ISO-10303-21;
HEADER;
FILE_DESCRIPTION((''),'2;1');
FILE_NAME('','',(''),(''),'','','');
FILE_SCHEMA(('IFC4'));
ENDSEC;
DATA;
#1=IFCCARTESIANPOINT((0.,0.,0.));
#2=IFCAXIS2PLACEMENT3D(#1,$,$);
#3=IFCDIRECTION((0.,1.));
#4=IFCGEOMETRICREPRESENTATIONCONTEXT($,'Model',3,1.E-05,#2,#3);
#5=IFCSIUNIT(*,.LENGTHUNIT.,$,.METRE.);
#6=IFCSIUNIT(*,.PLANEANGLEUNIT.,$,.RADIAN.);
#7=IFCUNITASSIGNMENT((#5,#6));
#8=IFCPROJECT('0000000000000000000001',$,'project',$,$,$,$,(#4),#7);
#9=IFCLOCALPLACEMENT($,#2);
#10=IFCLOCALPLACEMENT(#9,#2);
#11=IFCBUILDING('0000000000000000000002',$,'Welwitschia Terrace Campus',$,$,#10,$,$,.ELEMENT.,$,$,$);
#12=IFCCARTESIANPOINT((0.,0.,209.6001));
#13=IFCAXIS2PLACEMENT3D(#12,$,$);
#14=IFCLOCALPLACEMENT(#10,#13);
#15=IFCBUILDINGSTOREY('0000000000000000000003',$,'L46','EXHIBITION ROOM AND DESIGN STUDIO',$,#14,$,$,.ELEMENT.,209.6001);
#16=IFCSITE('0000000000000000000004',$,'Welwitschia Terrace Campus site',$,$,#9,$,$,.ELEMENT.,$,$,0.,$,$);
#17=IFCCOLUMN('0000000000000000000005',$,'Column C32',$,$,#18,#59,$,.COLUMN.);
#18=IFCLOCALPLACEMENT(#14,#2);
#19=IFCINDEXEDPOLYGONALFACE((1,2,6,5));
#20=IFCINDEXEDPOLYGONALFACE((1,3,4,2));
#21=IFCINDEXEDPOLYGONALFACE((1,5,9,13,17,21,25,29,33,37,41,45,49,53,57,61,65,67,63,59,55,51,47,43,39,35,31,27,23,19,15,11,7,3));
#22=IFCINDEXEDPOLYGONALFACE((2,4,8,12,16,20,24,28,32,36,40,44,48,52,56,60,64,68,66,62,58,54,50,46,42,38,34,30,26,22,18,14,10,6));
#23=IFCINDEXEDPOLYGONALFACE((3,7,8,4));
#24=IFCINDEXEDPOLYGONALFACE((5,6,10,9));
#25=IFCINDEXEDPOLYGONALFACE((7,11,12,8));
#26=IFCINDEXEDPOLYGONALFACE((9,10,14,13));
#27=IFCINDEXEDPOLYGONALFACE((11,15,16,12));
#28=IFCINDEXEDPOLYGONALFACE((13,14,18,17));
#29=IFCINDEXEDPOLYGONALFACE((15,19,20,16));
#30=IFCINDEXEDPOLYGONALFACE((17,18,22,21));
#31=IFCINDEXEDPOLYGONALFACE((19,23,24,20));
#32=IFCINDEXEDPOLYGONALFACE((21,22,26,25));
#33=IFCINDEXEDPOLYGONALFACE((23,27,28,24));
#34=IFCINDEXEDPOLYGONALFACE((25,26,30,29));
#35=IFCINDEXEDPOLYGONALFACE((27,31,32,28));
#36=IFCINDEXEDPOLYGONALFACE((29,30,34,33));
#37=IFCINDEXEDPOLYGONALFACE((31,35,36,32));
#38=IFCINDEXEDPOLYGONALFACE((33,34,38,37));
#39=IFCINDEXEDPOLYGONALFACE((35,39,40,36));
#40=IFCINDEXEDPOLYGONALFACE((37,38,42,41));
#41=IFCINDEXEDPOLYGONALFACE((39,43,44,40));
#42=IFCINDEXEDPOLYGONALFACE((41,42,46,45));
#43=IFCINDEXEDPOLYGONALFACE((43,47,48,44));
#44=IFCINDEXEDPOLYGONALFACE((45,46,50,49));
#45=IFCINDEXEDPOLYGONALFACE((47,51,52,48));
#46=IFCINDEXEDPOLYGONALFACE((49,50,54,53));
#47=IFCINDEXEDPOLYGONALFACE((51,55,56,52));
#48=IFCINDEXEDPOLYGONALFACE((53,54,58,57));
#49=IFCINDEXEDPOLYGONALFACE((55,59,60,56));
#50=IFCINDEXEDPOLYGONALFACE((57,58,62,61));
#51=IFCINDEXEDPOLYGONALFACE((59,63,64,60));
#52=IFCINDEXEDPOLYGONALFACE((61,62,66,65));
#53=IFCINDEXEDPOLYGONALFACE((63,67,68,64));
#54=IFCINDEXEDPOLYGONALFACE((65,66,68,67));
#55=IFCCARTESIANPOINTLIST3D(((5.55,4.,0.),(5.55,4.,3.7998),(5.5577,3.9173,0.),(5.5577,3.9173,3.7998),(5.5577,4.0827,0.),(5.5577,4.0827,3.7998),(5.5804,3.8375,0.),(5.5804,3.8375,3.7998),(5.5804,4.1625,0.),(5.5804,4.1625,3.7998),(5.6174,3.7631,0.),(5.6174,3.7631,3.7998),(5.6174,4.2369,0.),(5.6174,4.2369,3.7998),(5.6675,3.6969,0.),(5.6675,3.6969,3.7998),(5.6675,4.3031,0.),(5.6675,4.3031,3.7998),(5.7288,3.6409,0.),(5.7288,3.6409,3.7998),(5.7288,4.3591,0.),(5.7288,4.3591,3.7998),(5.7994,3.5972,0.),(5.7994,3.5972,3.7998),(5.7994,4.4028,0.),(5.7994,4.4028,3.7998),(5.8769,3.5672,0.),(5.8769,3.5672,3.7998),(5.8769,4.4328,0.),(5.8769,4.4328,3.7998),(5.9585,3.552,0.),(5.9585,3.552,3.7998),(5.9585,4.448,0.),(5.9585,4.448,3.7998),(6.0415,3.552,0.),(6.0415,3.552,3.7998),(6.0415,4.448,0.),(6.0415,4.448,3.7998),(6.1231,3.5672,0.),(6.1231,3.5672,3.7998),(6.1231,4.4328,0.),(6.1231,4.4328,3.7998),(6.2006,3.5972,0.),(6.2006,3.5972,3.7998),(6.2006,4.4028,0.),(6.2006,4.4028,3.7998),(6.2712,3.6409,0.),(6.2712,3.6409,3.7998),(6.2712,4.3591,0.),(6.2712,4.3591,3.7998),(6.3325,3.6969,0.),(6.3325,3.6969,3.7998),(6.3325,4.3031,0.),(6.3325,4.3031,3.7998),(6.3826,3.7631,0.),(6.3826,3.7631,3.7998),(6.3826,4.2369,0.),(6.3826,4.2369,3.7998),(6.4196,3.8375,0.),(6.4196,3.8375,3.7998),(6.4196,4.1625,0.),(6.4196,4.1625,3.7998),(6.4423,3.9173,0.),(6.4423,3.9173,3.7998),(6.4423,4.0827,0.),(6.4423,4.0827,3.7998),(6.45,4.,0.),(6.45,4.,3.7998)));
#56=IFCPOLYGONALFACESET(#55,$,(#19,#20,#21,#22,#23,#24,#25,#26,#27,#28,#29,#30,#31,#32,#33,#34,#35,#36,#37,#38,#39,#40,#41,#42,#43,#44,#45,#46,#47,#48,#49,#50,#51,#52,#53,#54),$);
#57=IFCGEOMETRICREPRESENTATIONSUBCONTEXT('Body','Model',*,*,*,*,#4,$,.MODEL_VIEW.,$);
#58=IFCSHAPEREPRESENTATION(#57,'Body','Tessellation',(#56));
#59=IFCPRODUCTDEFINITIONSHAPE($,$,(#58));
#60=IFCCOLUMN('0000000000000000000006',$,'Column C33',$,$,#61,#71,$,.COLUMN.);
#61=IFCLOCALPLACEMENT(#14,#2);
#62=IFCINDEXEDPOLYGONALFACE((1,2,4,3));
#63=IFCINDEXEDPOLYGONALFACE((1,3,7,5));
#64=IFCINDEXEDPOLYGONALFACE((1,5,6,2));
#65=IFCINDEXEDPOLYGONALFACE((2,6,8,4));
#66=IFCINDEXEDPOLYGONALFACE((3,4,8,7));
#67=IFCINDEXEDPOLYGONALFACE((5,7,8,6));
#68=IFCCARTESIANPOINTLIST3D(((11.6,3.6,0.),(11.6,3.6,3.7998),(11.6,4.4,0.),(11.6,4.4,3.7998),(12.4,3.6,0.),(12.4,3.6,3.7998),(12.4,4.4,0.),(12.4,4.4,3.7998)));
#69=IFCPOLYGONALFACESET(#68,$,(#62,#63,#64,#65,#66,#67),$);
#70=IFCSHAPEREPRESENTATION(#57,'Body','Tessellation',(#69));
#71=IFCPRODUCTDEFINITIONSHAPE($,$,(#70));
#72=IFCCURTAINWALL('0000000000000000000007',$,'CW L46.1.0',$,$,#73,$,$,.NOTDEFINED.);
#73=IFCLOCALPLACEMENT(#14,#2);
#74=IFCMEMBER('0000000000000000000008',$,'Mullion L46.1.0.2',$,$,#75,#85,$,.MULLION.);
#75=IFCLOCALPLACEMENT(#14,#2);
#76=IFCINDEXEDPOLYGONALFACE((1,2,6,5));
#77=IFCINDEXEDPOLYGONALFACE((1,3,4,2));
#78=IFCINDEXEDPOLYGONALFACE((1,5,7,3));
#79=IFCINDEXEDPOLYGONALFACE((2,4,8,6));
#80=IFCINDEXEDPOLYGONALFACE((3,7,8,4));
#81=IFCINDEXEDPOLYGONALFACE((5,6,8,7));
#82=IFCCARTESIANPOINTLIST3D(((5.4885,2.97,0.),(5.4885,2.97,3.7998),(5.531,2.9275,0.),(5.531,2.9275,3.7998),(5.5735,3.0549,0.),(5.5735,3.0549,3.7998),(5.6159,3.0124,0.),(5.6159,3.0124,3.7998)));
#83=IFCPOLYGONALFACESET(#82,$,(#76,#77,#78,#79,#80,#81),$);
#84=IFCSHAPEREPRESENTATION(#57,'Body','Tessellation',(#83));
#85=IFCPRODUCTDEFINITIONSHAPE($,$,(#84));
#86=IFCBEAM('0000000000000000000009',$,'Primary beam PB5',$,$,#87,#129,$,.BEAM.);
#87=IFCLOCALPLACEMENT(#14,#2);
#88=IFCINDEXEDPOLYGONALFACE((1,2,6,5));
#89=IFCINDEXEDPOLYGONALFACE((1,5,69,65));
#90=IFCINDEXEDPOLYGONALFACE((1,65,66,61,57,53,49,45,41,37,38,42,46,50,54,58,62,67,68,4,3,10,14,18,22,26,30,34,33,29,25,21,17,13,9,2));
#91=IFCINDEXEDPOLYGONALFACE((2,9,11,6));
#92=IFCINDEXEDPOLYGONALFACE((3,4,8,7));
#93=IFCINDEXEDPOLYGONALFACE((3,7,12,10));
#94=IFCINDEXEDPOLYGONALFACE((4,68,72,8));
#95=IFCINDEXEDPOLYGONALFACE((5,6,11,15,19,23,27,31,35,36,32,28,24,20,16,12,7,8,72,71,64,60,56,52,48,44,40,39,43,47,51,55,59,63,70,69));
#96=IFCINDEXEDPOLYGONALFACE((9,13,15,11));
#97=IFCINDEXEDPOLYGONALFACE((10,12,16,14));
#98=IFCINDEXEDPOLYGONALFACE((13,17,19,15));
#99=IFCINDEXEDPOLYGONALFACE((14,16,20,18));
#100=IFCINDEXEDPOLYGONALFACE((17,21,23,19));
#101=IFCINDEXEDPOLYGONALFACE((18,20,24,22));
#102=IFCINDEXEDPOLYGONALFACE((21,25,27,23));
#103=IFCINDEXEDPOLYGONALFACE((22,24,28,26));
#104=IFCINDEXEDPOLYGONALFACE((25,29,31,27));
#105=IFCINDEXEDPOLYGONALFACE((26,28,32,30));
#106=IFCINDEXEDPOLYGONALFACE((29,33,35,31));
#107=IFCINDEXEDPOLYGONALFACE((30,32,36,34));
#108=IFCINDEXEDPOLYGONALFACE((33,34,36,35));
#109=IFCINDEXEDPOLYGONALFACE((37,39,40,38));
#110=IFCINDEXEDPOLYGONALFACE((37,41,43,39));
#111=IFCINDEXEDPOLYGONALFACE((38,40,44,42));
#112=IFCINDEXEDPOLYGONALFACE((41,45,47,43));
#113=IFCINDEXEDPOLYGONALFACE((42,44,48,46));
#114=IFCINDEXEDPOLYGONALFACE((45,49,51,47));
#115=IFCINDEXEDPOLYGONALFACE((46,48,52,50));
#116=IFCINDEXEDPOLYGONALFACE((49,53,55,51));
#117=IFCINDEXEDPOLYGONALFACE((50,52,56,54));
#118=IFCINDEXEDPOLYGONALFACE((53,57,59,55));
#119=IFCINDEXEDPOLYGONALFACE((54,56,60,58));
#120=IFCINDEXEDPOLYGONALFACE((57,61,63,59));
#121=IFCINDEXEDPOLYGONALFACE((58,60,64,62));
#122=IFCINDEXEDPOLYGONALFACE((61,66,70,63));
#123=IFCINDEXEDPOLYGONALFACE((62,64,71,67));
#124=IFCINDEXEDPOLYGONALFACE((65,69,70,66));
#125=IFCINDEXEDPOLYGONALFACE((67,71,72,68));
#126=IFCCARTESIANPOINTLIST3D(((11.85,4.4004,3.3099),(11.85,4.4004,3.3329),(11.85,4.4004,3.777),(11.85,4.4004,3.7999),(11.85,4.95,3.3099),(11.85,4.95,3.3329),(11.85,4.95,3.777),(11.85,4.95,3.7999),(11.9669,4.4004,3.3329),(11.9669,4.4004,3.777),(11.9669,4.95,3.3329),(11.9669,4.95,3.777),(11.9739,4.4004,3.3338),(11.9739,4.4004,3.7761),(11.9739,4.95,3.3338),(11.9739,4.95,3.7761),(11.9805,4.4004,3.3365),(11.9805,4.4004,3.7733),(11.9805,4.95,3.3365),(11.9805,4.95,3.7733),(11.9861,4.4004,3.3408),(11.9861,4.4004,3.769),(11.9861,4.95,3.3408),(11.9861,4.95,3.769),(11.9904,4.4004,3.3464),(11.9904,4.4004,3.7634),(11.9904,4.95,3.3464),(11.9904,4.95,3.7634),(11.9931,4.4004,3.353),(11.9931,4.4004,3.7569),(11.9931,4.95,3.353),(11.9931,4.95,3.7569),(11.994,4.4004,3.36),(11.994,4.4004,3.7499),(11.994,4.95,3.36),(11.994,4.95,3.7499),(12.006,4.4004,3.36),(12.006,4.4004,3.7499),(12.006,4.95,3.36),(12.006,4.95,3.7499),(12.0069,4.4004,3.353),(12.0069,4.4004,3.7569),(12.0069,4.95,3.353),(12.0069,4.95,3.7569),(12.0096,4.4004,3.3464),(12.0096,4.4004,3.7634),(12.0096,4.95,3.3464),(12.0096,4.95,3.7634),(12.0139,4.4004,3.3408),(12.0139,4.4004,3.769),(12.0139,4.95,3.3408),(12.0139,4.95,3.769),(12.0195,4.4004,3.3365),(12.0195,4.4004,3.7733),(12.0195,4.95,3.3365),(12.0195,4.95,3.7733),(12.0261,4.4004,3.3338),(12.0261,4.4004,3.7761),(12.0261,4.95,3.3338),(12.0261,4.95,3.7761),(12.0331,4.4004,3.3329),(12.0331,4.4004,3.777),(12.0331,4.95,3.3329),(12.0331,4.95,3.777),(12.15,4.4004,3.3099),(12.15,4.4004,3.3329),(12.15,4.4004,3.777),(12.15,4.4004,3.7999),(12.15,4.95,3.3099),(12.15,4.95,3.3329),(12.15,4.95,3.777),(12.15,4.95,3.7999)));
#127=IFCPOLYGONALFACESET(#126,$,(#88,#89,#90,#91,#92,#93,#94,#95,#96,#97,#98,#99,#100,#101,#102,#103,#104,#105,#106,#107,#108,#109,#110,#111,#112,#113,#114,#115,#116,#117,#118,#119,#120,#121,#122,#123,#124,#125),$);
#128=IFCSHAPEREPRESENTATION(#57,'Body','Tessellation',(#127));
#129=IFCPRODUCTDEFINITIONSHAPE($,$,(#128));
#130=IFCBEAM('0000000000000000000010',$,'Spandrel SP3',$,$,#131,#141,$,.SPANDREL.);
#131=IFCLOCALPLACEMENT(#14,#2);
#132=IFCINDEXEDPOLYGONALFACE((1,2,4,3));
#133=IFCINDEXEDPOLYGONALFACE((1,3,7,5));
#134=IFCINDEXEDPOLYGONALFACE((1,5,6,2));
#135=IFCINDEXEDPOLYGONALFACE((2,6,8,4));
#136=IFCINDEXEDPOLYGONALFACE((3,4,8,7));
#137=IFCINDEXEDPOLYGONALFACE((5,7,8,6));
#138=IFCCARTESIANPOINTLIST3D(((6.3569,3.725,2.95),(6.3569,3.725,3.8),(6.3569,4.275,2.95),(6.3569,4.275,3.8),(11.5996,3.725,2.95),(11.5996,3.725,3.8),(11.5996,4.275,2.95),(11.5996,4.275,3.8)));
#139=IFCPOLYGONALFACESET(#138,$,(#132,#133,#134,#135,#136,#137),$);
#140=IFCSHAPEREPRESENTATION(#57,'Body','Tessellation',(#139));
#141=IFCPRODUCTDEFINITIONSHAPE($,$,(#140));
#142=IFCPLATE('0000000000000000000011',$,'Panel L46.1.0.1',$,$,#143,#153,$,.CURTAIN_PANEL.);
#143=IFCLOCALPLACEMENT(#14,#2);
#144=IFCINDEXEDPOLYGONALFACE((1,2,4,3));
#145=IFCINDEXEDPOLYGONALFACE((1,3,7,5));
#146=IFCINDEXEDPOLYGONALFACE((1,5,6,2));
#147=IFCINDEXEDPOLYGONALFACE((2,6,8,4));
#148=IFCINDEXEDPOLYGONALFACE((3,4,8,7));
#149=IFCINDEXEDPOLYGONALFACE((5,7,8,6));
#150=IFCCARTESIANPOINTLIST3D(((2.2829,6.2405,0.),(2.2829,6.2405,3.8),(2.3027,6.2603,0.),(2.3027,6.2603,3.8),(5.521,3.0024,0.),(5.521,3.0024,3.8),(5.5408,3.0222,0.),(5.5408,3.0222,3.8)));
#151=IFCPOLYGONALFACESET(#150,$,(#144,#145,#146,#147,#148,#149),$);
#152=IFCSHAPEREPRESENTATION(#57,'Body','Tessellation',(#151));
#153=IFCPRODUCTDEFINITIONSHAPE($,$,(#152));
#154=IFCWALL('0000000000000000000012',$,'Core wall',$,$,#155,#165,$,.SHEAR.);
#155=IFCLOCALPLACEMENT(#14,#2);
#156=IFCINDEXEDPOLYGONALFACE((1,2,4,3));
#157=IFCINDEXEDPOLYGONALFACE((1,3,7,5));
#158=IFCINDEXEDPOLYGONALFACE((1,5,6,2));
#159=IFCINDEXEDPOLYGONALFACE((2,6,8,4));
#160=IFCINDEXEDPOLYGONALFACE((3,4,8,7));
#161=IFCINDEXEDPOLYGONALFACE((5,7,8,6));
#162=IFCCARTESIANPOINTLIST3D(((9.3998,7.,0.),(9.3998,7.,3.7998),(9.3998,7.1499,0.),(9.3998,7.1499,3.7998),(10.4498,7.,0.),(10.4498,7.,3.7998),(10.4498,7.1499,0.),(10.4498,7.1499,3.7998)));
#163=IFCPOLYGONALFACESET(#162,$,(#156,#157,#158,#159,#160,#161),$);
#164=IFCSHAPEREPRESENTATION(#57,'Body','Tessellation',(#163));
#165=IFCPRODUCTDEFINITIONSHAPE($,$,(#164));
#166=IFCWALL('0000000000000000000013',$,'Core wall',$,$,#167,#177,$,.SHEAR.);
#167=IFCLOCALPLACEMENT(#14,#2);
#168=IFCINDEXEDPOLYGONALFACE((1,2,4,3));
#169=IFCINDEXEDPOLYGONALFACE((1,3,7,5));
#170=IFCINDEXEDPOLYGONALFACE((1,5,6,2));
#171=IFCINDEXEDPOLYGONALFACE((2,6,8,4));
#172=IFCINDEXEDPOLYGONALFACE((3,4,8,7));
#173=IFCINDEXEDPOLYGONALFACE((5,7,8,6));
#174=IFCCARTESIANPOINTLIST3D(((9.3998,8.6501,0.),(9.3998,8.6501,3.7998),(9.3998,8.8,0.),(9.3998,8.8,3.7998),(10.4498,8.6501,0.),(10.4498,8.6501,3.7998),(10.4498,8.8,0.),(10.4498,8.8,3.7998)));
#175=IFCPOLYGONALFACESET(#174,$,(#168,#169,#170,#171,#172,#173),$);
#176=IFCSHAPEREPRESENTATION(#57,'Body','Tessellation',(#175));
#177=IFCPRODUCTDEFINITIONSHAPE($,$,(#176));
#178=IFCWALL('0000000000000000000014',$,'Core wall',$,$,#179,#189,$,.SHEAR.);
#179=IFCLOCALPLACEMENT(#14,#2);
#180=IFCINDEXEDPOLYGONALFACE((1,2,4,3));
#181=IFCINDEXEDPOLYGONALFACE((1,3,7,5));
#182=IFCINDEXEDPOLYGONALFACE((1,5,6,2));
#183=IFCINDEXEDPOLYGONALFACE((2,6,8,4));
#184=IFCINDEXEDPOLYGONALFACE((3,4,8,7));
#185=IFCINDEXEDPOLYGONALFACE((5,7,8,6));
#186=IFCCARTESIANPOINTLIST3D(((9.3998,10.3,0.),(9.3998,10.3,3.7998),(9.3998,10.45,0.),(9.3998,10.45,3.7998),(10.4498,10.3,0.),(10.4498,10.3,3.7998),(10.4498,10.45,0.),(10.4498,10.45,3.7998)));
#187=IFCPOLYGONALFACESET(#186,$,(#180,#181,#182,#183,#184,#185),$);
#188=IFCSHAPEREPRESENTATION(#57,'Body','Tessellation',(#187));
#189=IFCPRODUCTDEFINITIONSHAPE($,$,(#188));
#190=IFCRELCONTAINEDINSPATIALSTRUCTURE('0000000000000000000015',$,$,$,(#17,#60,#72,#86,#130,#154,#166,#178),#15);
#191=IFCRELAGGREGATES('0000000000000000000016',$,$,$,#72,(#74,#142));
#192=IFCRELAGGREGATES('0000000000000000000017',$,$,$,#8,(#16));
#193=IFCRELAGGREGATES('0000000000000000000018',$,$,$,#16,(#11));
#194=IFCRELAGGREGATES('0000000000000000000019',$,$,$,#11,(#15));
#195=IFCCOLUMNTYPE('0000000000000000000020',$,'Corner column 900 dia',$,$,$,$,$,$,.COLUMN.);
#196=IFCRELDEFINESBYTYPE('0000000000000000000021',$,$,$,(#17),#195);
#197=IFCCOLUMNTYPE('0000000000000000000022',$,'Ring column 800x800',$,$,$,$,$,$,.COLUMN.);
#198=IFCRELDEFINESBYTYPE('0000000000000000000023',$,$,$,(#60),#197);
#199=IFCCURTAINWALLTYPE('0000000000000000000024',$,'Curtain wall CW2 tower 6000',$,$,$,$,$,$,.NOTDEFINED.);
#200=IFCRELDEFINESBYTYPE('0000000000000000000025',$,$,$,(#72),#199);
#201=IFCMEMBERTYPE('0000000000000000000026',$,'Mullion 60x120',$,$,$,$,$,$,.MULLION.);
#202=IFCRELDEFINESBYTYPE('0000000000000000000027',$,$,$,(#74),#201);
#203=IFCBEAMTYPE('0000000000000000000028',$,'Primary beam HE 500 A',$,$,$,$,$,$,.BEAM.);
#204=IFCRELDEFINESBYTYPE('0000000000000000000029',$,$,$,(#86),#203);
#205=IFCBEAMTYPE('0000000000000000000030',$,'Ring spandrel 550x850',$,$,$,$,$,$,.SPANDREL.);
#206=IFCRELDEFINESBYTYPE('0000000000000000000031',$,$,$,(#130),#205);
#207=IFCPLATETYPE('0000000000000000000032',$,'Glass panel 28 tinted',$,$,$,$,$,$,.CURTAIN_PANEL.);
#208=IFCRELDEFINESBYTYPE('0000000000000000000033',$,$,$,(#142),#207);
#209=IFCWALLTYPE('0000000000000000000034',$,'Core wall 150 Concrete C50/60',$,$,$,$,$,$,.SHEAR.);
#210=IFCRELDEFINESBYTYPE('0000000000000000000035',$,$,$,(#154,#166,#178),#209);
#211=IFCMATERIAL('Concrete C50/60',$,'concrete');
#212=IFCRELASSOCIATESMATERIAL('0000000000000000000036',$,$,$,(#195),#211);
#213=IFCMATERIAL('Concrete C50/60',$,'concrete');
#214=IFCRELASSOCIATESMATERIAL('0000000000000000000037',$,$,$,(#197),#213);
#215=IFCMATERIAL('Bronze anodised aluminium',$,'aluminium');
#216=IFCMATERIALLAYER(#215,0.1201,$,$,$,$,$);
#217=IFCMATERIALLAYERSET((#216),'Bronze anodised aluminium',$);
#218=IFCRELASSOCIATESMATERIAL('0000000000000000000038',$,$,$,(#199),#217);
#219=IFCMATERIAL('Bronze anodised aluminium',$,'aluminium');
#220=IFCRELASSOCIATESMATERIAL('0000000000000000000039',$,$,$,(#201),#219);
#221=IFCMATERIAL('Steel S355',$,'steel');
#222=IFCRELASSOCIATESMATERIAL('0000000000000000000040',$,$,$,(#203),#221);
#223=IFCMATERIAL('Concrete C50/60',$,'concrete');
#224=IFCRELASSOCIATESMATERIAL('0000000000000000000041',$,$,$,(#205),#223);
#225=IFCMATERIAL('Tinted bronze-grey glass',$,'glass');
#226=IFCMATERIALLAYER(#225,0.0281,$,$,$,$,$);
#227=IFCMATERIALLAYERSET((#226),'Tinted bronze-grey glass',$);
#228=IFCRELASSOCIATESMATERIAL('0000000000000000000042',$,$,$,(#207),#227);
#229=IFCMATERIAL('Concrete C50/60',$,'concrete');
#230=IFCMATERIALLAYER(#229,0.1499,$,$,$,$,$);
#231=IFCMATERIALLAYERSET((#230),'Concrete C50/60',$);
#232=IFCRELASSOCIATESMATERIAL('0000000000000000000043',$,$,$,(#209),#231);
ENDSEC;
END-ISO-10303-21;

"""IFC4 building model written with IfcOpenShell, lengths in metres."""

from ifc_helpers import new_model, si_unit, direction, frame, frame_2d, origin, origin_2d, place, context, subcontext, project, spatial, rectangle, circle, i_section, extrude, material, layer, layer_set, material_profile, profile_set, type_object, element, aggregate, save


model = new_model("IFC4")

# Units and contexts
model_context = context("Model", 3, precision=1e-05, world=origin(), true_north=direction((0.0, 1.0)))
body_context = subcontext(model_context, "Body", "Model", "MODEL_VIEW")
ifc_project = project(units=[si_unit("LENGTHUNIT", "METRE"), si_unit("PLANEANGLEUNIT", "RADIAN")], contexts=[model_context])

# Site, building, storey
site_placement = place(None, origin())
site = spatial("IfcSite", under=ifc_project, at=site_placement, Name="Welwitschia Terrace Campus site", CompositionType="ELEMENT", RefElevation=0.0)
building_placement = place(site_placement, origin())
building = spatial("IfcBuilding", under=site, at=building_placement, Name="Welwitschia Terrace Campus", CompositionType="ELEMENT")
storey_placement = place(building_placement, frame((0.0, 0.0, 209.6001)))
storey = spatial("IfcBuildingStorey", under=building, at=storey_placement, Name="L46", Description="EXHIBITION ROOM AND DESIGN STUDIO", CompositionType="ELEMENT", Elevation=209.6001)

# Columns
ifc_material_1 = material(Name="Concrete C50/60", Category="concrete")
ifc_material_profile_1 = material_profile(ifc_material_1, circle(Radius=0.45, at=origin_2d()))
ifc_profile_set_1 = profile_set([ifc_material_profile_1], Name="Concrete C50/60")
column_type_1 = type_object("IfcColumnType", Name="Corner column 900 dia", PredefinedType="COLUMN", material=ifc_profile_set_1)
column_1_placement = place(storey_placement, frame((6.0, 4.0, 0.0), z_axis=(0.0, 0.0, 1.0), x_axis=(1.0, 0.0, 0.0)))
element("IfcColumn", 1, at=column_1_placement, inside=storey, type_object=column_type_1, Name="Column C32", PredefinedType="COLUMN", context=body_context, shape_type="SweptSolid", body=[
    extrude(circle(Radius=0.45, at=origin_2d()), origin(), (0.0, 0.0, 1.0), 3.7998),
])
ifc_material_2 = material(Name="Concrete C50/60", Category="concrete")
ifc_material_profile_2 = material_profile(ifc_material_2, rectangle(XDim=0.8, YDim=0.8, at=origin_2d()))
ifc_profile_set_2 = profile_set([ifc_material_profile_2], Name="Concrete C50/60")
column_type_2 = type_object("IfcColumnType", Name="Ring column 800x800", PredefinedType="COLUMN", material=ifc_profile_set_2)
column_2_placement = place(storey_placement, frame((12.0, 4.0, 0.0), z_axis=(0.0, 0.0, 1.0), x_axis=(1.0, 0.0, 0.0)))
element("IfcColumn", 2, at=column_2_placement, inside=storey, type_object=column_type_2, Name="Column C33", PredefinedType="COLUMN", context=body_context, shape_type="SweptSolid", body=[
    extrude(rectangle(XDim=0.8, YDim=0.8, at=origin_2d()), origin(), (0.0, 0.0, 1.0), 3.7998),
])

# Curtain wall, member
ifc_material_3 = material(Name="Bronze anodised aluminium", Category="aluminium")
ifc_layer_1 = layer(ifc_material_3, 0.1201)
ifc_layer_set_1 = layer_set([ifc_layer_1], Name="Bronze anodised aluminium")
curtain_wall_type = type_object("IfcCurtainWallType", Name="Curtain wall CW2 tower 6000", PredefinedType="NOTDEFINED", material=ifc_layer_set_1)
curtain_wall_placement = place(storey_placement, origin())
curtain_wall = element("IfcCurtainWall", 3, at=curtain_wall_placement, inside=storey, type_object=curtain_wall_type, Name="CW L46.1.0", PredefinedType="NOTDEFINED")
ifc_material_4 = material(Name="Bronze anodised aluminium", Category="aluminium")
ifc_material_profile_3 = material_profile(ifc_material_4, rectangle(XDim=0.1201, YDim=0.0601, at=origin_2d()))
ifc_profile_set_3 = profile_set([ifc_material_profile_3], Name="Bronze anodised aluminium")
member_type = type_object("IfcMemberType", Name="Mullion 60x120", PredefinedType="MULLION", material=ifc_profile_set_3)
member_placement = place(storey_placement, frame((5.5522, 2.9912, 0.0), z_axis=(0.0, 0.0, 1.0), x_axis=(0.707107, 0.707107, 0.0)))
member = element("IfcMember", 4, at=member_placement, type_object=member_type, Name="Mullion L46.1.0.2", PredefinedType="MULLION", context=body_context, shape_type="SweptSolid", body=[
    extrude(rectangle(XDim=0.1201, YDim=0.0601, at=origin_2d()), origin(), (0.0, 0.0, 1.0), 3.7998),
])

# Beams
ifc_material_5 = material(Name="Steel S355", Category="steel")
ifc_material_profile_4 = material_profile(ifc_material_5, i_section(OverallWidth=0.3, OverallDepth=0.49, WebThickness=0.012, FlangeThickness=0.0229, FilletRadius=0.0271, at=origin_2d()))
ifc_profile_set_4 = profile_set([ifc_material_profile_4], Name="Steel S355")
beam_type_1 = type_object("IfcBeamType", Name="Primary beam HE 500 A", PredefinedType="BEAM", material=ifc_profile_set_4)
beam_1_placement = place(storey_placement, frame((12.0, 4.4004, 3.5549), z_axis=(0.0, 1.0, 0.0), x_axis=(-1.0, 0.0, 0.0)))
element("IfcBeam", 5, at=beam_1_placement, inside=storey, type_object=beam_type_1, Name="Primary beam PB5", PredefinedType="BEAM", context=body_context, shape_type="SweptSolid", body=[
    extrude(i_section(OverallWidth=0.3, OverallDepth=0.49, WebThickness=0.012, FlangeThickness=0.0229, FilletRadius=0.0271, at=origin_2d()), origin(), (0.0, 0.0, 1.0), 0.5496),
])
ifc_material_6 = material(Name="Concrete C50/60", Category="concrete")
ifc_material_profile_5 = material_profile(ifc_material_6, rectangle(XDim=0.55, YDim=0.8501, at=origin_2d()))
ifc_profile_set_5 = profile_set([ifc_material_profile_5], Name="Concrete C50/60")
beam_type_2 = type_object("IfcBeamType", Name="Ring spandrel 550x850", PredefinedType="SPANDREL", material=ifc_profile_set_5)
beam_2_placement = place(storey_placement, frame((6.3569, 4.0, 3.375), z_axis=(1.0, 0.0, 0.0), x_axis=(0.0, 1.0, 0.0)))
element("IfcBeam", 6, at=beam_2_placement, inside=storey, type_object=beam_type_2, Name="Spandrel SP3", PredefinedType="SPANDREL", context=body_context, shape_type="SweptSolid", body=[
    extrude(rectangle(XDim=0.55, YDim=0.8501, at=origin_2d()), origin(), (0.0, 0.0, 1.0), 5.2427),
])

# Plate
ifc_material_7 = material(Name="Tinted bronze-grey glass", Category="glass")
ifc_layer_2 = layer(ifc_material_7, 0.0281)
ifc_layer_set_2 = layer_set([ifc_layer_2], Name="Tinted bronze-grey glass")
plate_type = type_object("IfcPlateType", Name="Glass panel 28 tinted", PredefinedType="CURTAIN_PANEL", material=ifc_layer_set_2)
plate_placement = place(storey_placement, frame((3.9119, 4.6313, 0.0), z_axis=(0.0, 0.0, 1.0), x_axis=(0.707107, -0.707107, 0.0)))
plate = element("IfcPlate", 7, at=plate_placement, type_object=plate_type, Name="Panel L46.1.0.1", PredefinedType="CURTAIN_PANEL", context=body_context, shape_type="SweptSolid", body=[
    extrude(rectangle(XDim=4.5793, YDim=0.0281, at=origin_2d()), origin(), (0.0, 0.0, 1.0), 3.8),
])
aggregate(curtain_wall, [member, plate])

# Walls
ifc_material_8 = material(Name="Concrete C50/60", Category="concrete")
ifc_layer_3 = layer(ifc_material_8, 0.1499)
ifc_layer_set_3 = layer_set([ifc_layer_3], Name="Concrete C50/60")
wall_type_1 = type_object("IfcWallType", Name="Core wall 150 Concrete C50/60", PredefinedType="SHEAR", material=ifc_layer_set_3)
for number, where, z_axis, x_axis, name in (
    (8, (9.3999, 7.075, 0.0), (0.0, 0.0, 1.0), (1.0, 0.0, 0.0), "Core wall"),
    (9, (9.3999, 8.7251, 0.0), (0.0, 0.0, 1.0), (1.0, 0.0, 0.0), "Core wall"),
    (10, (9.3999, 10.375, 0.0), (0.0, 0.0, 1.0), (1.0, 0.0, 0.0), "Core wall"),
):
    element("IfcWall", number, at=place(storey_placement, frame(where, z_axis=z_axis, x_axis=x_axis)), inside=storey, type_object=wall_type_1, Name=name, PredefinedType="SHEAR", context=body_context, shape_type="SweptSolid", body=[
        extrude(rectangle(XDim=1.05, YDim=0.1499, at=frame_2d((0.5249, 0.0))), origin(), (0.0, 0.0, 1.0), 3.7998),
    ])

save(model, "model.ifc")
